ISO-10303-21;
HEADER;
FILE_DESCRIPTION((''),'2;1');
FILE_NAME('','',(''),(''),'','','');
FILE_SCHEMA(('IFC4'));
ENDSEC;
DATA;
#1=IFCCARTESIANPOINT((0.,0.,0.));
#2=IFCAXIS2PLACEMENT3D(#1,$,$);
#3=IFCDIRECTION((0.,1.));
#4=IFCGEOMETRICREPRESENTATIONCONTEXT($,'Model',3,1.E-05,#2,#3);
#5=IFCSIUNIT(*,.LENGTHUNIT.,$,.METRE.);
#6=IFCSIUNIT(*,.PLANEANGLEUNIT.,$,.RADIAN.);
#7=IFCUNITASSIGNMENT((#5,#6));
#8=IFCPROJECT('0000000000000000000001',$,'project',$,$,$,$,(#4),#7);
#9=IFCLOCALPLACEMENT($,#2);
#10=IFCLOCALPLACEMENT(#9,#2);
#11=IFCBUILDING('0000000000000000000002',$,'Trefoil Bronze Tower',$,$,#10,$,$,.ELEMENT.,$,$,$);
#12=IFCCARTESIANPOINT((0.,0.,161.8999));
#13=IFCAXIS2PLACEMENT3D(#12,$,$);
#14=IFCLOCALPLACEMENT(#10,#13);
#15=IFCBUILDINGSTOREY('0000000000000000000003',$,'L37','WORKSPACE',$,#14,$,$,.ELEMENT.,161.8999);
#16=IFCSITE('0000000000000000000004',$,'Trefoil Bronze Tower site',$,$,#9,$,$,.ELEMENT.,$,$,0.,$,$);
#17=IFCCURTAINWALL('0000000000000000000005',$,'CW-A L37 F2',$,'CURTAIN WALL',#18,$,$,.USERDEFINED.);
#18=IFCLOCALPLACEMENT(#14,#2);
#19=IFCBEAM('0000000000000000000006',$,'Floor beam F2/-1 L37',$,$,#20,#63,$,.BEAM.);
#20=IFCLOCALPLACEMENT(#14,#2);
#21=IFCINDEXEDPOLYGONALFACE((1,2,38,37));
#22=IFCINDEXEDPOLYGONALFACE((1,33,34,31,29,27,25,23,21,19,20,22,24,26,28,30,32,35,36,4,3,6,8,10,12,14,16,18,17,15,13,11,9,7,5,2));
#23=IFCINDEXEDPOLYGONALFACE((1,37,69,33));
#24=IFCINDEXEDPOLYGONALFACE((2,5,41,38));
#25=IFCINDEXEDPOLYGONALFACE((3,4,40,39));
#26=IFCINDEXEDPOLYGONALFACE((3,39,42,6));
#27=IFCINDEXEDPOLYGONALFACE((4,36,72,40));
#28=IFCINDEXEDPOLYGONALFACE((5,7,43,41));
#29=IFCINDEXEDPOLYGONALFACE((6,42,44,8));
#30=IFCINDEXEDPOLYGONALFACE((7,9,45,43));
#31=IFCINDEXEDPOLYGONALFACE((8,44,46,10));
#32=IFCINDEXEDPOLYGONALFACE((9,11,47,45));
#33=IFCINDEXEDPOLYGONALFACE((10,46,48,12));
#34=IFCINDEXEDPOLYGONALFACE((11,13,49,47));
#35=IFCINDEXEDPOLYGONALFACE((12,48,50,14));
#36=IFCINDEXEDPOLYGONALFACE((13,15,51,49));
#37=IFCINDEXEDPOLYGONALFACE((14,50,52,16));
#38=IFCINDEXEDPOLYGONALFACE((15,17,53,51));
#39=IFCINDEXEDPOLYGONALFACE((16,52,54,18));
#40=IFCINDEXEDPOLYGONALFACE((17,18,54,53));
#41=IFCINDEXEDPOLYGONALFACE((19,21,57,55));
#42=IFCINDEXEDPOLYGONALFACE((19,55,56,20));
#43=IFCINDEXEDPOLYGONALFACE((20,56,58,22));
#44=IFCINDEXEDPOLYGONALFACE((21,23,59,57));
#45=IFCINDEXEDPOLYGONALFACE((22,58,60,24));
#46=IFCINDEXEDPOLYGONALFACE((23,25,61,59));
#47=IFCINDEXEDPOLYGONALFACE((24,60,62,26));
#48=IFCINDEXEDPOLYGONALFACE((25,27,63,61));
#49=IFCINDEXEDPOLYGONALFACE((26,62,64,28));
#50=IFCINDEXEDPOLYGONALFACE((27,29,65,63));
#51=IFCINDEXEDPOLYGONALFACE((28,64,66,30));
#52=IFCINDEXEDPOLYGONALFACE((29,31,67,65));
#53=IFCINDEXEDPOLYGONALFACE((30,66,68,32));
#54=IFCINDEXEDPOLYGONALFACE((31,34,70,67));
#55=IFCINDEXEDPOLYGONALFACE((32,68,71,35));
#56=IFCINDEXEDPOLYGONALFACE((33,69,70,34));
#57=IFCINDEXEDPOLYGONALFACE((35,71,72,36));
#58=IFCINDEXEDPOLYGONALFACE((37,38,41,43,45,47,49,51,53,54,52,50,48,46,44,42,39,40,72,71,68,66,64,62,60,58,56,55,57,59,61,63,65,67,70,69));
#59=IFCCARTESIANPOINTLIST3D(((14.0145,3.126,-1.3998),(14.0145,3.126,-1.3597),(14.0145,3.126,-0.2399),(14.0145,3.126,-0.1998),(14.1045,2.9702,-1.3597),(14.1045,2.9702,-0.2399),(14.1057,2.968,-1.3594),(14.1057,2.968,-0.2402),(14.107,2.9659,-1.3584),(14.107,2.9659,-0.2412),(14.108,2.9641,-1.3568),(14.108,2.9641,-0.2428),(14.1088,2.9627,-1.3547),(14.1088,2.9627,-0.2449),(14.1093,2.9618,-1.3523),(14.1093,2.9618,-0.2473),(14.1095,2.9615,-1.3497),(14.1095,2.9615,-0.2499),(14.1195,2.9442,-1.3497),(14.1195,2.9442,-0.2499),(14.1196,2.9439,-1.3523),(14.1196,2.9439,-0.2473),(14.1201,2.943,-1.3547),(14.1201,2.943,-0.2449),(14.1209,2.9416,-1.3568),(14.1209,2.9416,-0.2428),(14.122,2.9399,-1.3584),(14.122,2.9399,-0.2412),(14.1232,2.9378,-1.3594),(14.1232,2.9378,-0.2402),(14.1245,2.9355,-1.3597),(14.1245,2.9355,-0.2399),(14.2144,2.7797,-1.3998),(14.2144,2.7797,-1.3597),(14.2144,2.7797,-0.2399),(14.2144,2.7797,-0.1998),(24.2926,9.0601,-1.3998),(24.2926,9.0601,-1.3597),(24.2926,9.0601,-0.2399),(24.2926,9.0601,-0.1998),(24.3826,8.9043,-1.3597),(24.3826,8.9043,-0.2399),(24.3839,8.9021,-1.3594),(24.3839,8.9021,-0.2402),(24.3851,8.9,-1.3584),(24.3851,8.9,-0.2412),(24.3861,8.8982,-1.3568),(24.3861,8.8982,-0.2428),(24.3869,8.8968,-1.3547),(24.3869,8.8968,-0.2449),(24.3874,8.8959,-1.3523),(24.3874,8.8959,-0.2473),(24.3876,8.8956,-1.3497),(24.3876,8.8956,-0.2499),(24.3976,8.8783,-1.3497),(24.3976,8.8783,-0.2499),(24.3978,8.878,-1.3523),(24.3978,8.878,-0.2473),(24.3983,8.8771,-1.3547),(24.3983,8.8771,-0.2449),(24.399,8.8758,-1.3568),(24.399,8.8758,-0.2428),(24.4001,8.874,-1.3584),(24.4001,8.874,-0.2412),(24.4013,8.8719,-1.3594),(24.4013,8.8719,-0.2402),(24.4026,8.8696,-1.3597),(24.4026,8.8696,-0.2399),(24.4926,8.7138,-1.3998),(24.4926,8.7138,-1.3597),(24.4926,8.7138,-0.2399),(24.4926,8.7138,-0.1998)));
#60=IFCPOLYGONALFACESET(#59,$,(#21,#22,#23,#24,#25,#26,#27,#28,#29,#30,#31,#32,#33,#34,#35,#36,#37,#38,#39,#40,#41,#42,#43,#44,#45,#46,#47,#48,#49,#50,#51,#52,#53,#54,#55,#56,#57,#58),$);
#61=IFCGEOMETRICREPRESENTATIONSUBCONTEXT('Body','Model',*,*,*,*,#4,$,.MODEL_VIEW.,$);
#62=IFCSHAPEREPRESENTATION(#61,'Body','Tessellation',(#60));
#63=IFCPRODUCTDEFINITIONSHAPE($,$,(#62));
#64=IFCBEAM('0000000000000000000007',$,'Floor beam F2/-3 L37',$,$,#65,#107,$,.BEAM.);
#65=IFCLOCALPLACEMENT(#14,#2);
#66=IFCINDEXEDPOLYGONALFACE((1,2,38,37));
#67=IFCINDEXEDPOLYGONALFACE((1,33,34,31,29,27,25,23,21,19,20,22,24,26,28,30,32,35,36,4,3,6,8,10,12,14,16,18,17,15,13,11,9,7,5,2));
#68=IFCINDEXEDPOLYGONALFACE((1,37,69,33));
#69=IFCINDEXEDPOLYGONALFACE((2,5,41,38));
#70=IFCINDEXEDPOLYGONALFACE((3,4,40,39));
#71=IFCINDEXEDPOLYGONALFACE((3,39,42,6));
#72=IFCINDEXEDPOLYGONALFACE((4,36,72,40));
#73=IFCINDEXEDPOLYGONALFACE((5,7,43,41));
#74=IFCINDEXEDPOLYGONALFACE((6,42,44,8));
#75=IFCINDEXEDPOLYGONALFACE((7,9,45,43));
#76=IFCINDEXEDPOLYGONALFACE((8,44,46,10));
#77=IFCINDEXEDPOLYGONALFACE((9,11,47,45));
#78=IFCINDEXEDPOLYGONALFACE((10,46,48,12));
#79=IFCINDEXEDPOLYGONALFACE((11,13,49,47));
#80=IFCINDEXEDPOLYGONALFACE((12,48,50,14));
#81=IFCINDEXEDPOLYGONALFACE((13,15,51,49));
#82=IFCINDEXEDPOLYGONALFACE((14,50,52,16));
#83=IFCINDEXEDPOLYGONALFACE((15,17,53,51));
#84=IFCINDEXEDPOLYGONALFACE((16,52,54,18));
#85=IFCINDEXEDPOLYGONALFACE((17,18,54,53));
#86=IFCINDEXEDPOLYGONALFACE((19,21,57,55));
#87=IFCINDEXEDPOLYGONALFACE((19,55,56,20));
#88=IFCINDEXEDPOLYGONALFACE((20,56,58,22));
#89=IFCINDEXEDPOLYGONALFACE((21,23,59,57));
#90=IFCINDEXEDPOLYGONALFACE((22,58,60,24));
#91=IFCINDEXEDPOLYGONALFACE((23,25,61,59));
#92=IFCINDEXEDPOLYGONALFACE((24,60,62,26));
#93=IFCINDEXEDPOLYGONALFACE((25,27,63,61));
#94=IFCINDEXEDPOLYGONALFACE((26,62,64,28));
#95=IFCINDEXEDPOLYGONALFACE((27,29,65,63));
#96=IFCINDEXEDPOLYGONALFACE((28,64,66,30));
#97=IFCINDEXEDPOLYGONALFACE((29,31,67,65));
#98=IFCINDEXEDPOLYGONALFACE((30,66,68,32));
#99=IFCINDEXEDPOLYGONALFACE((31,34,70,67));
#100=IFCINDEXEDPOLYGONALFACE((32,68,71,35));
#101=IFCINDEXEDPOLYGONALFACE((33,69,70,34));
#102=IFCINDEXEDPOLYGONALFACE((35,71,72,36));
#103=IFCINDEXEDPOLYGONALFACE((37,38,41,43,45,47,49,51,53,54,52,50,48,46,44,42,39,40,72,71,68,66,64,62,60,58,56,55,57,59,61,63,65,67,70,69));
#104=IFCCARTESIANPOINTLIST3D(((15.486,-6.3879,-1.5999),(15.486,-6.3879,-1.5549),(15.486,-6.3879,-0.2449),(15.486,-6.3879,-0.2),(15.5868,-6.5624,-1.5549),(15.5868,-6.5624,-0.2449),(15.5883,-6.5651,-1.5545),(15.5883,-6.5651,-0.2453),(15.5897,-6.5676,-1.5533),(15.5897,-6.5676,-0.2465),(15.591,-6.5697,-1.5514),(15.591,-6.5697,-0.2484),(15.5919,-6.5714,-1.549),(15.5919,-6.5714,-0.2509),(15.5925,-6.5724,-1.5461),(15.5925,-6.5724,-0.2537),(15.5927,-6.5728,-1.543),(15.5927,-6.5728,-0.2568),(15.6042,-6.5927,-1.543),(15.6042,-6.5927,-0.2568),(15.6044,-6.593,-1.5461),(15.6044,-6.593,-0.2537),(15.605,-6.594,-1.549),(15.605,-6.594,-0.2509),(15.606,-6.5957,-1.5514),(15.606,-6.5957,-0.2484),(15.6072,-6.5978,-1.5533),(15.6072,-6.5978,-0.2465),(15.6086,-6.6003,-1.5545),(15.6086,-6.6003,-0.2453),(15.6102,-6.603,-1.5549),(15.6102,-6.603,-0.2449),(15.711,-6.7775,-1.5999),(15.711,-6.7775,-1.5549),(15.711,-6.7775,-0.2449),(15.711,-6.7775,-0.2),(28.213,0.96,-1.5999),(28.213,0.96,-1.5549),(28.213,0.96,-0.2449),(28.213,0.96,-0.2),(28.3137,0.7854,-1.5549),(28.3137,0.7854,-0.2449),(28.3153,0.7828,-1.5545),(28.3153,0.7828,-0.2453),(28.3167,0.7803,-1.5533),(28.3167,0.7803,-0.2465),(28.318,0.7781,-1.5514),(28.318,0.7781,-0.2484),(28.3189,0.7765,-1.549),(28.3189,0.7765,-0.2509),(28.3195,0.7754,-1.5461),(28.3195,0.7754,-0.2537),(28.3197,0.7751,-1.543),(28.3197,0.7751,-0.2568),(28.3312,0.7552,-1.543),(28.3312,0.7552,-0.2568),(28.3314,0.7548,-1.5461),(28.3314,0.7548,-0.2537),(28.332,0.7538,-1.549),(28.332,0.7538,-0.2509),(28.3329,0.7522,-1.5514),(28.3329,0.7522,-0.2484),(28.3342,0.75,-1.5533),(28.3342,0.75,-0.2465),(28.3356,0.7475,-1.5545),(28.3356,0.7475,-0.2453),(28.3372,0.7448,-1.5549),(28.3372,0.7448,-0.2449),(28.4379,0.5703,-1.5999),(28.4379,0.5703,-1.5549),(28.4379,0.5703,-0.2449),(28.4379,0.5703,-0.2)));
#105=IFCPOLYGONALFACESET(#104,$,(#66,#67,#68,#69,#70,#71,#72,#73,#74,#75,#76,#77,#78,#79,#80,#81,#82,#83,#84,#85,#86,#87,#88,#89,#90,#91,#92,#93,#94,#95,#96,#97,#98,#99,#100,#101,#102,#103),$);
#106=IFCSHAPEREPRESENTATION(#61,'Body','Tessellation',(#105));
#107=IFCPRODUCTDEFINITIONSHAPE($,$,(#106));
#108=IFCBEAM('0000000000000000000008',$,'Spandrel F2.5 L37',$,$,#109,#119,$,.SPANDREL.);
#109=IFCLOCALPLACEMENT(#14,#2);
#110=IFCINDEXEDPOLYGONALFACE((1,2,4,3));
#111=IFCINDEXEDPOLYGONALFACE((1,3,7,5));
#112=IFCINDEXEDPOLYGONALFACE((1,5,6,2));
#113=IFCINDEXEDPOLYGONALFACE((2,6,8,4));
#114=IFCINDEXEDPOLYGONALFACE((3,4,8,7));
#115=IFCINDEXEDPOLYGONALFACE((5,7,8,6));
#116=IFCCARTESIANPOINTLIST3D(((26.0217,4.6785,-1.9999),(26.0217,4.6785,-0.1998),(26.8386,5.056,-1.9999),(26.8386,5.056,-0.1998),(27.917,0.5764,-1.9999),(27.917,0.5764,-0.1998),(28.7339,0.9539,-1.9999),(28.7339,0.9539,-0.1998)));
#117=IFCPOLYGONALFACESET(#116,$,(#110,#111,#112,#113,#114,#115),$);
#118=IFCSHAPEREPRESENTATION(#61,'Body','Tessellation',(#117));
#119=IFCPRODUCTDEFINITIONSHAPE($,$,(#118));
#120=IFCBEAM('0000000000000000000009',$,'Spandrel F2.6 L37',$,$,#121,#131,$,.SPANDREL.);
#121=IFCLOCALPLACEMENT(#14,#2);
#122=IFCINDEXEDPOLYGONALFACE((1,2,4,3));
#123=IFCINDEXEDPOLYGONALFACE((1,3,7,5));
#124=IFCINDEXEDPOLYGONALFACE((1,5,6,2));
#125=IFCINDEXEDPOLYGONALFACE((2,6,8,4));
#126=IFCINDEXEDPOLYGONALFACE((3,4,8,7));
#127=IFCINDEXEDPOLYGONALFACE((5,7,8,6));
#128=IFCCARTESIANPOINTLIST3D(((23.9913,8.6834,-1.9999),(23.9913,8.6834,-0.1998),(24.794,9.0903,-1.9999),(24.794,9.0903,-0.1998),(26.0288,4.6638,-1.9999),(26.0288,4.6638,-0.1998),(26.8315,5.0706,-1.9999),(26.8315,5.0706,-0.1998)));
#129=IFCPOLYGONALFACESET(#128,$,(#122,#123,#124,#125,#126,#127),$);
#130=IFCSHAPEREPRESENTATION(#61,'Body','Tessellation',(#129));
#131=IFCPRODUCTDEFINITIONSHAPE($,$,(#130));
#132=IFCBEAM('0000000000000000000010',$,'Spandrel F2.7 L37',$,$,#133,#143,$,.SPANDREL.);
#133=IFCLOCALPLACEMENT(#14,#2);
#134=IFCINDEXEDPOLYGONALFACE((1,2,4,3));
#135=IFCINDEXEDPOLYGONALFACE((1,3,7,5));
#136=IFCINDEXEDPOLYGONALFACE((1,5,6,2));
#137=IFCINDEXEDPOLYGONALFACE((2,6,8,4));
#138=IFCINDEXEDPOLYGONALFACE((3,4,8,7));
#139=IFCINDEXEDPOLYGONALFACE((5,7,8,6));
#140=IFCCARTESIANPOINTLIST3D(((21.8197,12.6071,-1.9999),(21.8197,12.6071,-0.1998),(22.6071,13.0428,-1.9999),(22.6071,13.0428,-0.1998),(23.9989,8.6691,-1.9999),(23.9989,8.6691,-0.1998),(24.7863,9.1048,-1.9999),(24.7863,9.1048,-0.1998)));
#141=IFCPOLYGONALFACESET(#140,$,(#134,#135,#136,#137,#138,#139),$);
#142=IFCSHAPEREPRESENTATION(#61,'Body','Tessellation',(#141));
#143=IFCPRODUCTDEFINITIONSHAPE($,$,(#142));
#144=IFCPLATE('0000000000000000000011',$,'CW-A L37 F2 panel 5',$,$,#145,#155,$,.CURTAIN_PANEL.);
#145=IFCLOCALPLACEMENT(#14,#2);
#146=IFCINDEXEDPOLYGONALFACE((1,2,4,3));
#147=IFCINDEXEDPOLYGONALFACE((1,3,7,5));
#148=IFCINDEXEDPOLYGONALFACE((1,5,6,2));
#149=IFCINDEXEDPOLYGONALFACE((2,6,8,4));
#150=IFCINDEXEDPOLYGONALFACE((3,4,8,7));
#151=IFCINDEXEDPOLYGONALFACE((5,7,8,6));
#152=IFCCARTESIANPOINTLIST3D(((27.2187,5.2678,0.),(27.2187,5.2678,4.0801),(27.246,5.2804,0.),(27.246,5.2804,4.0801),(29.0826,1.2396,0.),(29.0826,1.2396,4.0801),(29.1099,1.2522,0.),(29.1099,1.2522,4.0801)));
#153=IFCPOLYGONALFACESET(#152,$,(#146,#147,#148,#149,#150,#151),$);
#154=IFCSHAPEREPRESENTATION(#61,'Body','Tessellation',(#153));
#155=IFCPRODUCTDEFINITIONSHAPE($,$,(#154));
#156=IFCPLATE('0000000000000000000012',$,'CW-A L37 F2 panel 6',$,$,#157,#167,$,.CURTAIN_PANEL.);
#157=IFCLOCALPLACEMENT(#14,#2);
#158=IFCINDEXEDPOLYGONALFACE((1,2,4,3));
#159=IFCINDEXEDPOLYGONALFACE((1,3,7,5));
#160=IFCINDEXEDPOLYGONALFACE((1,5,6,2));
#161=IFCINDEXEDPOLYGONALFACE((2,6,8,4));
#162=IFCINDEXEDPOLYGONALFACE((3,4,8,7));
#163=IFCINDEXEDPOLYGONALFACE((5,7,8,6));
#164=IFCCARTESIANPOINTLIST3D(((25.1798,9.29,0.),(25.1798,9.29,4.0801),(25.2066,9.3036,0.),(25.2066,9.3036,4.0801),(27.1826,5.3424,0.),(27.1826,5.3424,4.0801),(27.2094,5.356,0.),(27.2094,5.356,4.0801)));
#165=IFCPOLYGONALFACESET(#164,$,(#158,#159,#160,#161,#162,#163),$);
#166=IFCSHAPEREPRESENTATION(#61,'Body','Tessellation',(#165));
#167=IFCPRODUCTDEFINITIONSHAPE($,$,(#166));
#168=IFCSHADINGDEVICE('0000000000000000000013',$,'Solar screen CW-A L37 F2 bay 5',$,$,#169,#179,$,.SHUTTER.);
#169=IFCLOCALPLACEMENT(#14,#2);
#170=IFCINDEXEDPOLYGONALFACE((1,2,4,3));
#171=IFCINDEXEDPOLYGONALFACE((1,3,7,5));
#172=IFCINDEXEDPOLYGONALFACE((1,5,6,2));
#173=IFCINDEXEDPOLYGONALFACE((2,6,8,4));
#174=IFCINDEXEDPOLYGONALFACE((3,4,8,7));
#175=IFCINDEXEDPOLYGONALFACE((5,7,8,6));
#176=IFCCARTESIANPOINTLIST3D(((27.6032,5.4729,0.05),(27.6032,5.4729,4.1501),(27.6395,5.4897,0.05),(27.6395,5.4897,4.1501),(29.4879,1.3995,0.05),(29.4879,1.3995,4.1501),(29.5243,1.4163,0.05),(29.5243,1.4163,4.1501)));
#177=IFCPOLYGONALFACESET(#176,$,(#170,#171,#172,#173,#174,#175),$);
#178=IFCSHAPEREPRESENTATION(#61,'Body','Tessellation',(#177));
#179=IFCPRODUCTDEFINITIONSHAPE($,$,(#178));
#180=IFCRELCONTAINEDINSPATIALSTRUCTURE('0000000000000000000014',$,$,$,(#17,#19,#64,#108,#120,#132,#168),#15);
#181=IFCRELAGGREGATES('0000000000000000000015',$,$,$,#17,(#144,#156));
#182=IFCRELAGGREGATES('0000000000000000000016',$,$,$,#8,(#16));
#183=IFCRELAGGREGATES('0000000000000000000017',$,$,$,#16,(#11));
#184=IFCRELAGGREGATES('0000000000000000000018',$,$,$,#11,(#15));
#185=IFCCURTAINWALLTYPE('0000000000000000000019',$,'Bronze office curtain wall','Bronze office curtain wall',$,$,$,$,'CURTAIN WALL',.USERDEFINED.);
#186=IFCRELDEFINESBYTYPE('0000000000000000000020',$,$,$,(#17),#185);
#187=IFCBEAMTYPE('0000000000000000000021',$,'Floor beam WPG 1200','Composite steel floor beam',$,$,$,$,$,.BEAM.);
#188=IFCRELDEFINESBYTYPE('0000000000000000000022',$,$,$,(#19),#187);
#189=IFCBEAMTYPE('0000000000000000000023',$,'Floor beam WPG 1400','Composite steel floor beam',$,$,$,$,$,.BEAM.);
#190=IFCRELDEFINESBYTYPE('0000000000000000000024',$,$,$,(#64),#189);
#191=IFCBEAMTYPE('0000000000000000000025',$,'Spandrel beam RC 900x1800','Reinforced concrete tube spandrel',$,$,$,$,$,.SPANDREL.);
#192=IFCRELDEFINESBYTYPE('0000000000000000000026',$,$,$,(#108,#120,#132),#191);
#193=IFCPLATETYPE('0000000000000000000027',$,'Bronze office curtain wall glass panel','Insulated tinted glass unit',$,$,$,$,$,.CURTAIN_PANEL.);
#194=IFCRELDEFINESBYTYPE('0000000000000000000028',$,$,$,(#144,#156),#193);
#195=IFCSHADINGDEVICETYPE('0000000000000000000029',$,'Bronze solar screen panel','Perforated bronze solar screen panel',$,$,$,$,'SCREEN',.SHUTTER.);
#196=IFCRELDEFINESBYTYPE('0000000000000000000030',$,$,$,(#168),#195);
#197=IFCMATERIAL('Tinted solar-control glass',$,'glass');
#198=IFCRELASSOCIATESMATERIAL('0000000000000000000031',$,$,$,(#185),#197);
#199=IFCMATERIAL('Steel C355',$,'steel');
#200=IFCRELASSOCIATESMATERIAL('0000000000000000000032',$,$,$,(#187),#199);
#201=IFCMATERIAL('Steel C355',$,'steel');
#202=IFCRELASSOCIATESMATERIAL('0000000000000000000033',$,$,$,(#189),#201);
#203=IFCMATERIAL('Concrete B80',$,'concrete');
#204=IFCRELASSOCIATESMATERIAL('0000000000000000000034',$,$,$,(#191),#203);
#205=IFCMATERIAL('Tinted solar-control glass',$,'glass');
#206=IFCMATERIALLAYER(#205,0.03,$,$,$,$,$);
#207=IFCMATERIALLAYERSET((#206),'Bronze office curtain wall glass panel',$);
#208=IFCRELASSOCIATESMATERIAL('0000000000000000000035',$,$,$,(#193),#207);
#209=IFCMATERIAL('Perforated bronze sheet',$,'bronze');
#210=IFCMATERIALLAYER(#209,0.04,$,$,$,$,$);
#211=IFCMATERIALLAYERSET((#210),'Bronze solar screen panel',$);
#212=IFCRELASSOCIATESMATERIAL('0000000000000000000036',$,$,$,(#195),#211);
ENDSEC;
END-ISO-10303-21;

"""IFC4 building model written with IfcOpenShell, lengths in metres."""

from ifc_helpers import new_model, si_unit, direction, frame, origin, origin_2d, place, context, subcontext, project, spatial, rectangle, i_section, extrude, material, layer, layer_set, material_profile, profile_set, type_object, element, aggregate, save


model = new_model("IFC4")

# Units and contexts
model_context = context("Model", 3, precision=1e-05, world=origin(), true_north=direction((0.0, 1.0)))
body_context = subcontext(model_context, "Body", "Model", "MODEL_VIEW")
ifc_project = project(units=[si_unit("LENGTHUNIT", "METRE"), si_unit("PLANEANGLEUNIT", "RADIAN")], contexts=[model_context])

# Site, building, storey
site_placement = place(None, origin())
site = spatial("IfcSite", under=ifc_project, at=site_placement, Name="Trefoil Bronze Tower site", CompositionType="ELEMENT", RefElevation=0.0)
building_placement = place(site_placement, origin())
building = spatial("IfcBuilding", under=site, at=building_placement, Name="Trefoil Bronze Tower", CompositionType="ELEMENT")
storey_placement = place(building_placement, frame((0.0, 0.0, 161.8999)))
storey = spatial("IfcBuildingStorey", under=building, at=storey_placement, Name="L37", Description="WORKSPACE", CompositionType="ELEMENT", Elevation=161.8999)

# Curtain wall
ifc_material_1 = material(Name="Tinted solar-control glass", Category="glass")
curtain_wall_type = type_object("IfcCurtainWallType", Name="Bronze office curtain wall", Description="Bronze office curtain wall", ElementType="CURTAIN WALL", PredefinedType="USERDEFINED", material=ifc_material_1)
curtain_wall_placement = place(storey_placement, origin())
curtain_wall = element("IfcCurtainWall", 1, at=curtain_wall_placement, inside=storey, type_object=curtain_wall_type, Name="CW-A L37 F2", ObjectType="CURTAIN WALL", PredefinedType="USERDEFINED")

# Beams
ifc_material_2 = material(Name="Steel C355", Category="steel")
ifc_material_profile_1 = material_profile(ifc_material_2, i_section(OverallWidth=0.3999, OverallDepth=1.2, WebThickness=0.02, FlangeThickness=0.04, FilletRadius=0.01, at=origin_2d()), Name="WPG 1200")
ifc_profile_set_1 = profile_set([ifc_material_profile_1], Name="Steel C355")
beam_type_1 = type_object("IfcBeamType", Name="Floor beam WPG 1200", Description="Composite steel floor beam", PredefinedType="BEAM", material=ifc_profile_set_1)
beam_1_placement = place(storey_placement, frame((24.3926, 8.887, -0.7998), z_axis=(-0.866024, -0.500002, 0.0), x_axis=(0.500002, -0.866024, 0.0)))
element("IfcBeam", 2, at=beam_1_placement, inside=storey, type_object=beam_type_1, Name="Floor beam F2/-1 L37", PredefinedType="BEAM", context=body_context, shape_type="SweptSolid", body=[
    extrude(i_section(OverallWidth=0.3999, OverallDepth=1.2, WebThickness=0.02, FlangeThickness=0.04, FilletRadius=0.01, at=origin_2d()), origin(), (0.0, 0.0, 1.0), 11.8682),
])
ifc_material_3 = material(Name="Steel C355", Category="steel")
ifc_material_profile_2 = material_profile(ifc_material_3, i_section(OverallWidth=0.45, OverallDepth=1.3999, WebThickness=0.0229, FlangeThickness=0.0449, FilletRadius=0.012, at=origin_2d()), Name="WPG 1400")
ifc_profile_set_2 = profile_set([ifc_material_profile_2], Name="Steel C355")
beam_type_2 = type_object("IfcBeamType", Name="Floor beam WPG 1400", Description="Composite steel floor beam", PredefinedType="BEAM", material=ifc_profile_set_2)
beam_2_placement = place(storey_placement, frame((28.3254, 0.7651, -0.8999), z_axis=(-0.866027, -0.499997, 0.0), x_axis=(0.499997, -0.866027, 0.0)))
element("IfcBeam", 3, at=beam_2_placement, inside=storey, type_object=beam_type_2, Name="Floor beam F2/-3 L37", PredefinedType="BEAM", context=body_context, shape_type="SweptSolid", body=[
    extrude(i_section(OverallWidth=0.45, OverallDepth=1.3999, WebThickness=0.0229, FlangeThickness=0.0449, FilletRadius=0.012, at=origin_2d()), origin(), (0.0, 0.0, 1.0), 14.6958),
])
ifc_material_4 = material(Name="Concrete B80", Category="concrete")
ifc_material_profile_3 = material_profile(ifc_material_4, rectangle(XDim=0.8999, YDim=1.8, at=origin_2d()), Name="RC 900x1800")
ifc_profile_set_3 = profile_set([ifc_material_profile_3], Name="Concrete B80")
beam_type_3 = type_object("IfcBeamType", Name="Spandrel beam RC 900x1800", Description="Reinforced concrete tube spandrel", PredefinedType="SPANDREL", material=ifc_profile_set_3)
beam_3_placement = place(storey_placement, frame((28.3254, 0.7651, -1.0999), z_axis=(-0.419425, 0.90779, 0.0), x_axis=(-0.90779, -0.419425, 0.0)))
element("IfcBeam", 4, at=beam_3_placement, inside=storey, type_object=beam_type_3, Name="Spandrel F2.5 L37", PredefinedType="SPANDREL", context=body_context, shape_type="SweptSolid", body=[
    extrude(rectangle(XDim=0.8999, YDim=1.8, at=origin_2d()), origin(), (0.0, 0.0, 1.0), 4.5188),
])
beam_4_placement = place(storey_placement, frame((26.4302, 4.8672, -1.0999), z_axis=(-0.452126, 0.891954, 0.0), x_axis=(-0.891954, -0.452126, 0.0)))
element("IfcBeam", 5, at=beam_4_placement, inside=storey, type_object=beam_type_3, Name="Spandrel F2.6 L37", PredefinedType="SPANDREL", context=body_context, shape_type="SweptSolid", body=[
    extrude(rectangle(XDim=0.8999, YDim=1.8, at=origin_2d()), origin(), (0.0, 0.0, 1.0), 4.5066),
])
beam_5_placement = place(storey_placement, frame((24.3926, 8.887, -1.0999), z_axis=(-0.484187, 0.874965, 0.0), x_axis=(-0.874965, -0.484187, 0.0)))
element("IfcBeam", 6, at=beam_5_placement, inside=storey, type_object=beam_type_3, Name="Spandrel F2.7 L37", PredefinedType="SPANDREL", context=body_context, shape_type="SweptSolid", body=[
    extrude(rectangle(XDim=0.8999, YDim=1.8, at=origin_2d()), origin(), (0.0, 0.0, 1.0), 4.5007),
])

# Plates
ifc_material_5 = material(Name="Tinted solar-control glass", Category="glass")
ifc_layer_1 = layer(ifc_material_5, 0.03)
ifc_layer_set_1 = layer_set([ifc_layer_1], Name="Bronze office curtain wall glass panel")
plate_type = type_object("IfcPlateType", Name="Bronze office curtain wall glass panel", Description="Insulated tinted glass unit", PredefinedType="CURTAIN_PANEL", material=ifc_layer_set_1)
plate_1_placement = place(storey_placement, frame((28.1643, 3.26, 0.0), z_axis=(0.0, 0.0, 1.0), x_axis=(-0.419933, 0.907555, 0.0)))
plate_1 = element("IfcPlate", 7, at=plate_1_placement, type_object=plate_type, Name="CW-A L37 F2 panel 5", PredefinedType="CURTAIN_PANEL", context=body_context, shape_type="SweptSolid", body=[
    extrude(rectangle(XDim=4.4385, YDim=0.03, at=origin_2d()), origin(), (0.0, 0.0, 1.0), 4.0801),
])
plate_2_placement = place(storey_placement, frame((26.1946, 7.323, 0.0), z_axis=(0.0, 0.0, 1.0), x_axis=(-0.452449, 0.89179, 0.0)))
plate_2 = element("IfcPlate", 8, at=plate_2_placement, type_object=plate_type, Name="CW-A L37 F2 panel 6", PredefinedType="CURTAIN_PANEL", context=body_context, shape_type="SweptSolid", body=[
    extrude(rectangle(XDim=4.4265, YDim=0.03, at=origin_2d()), origin(), (0.0, 0.0, 1.0), 4.0801),
])
aggregate(curtain_wall, [plate_1, plate_2])

# Shading device
ifc_material_6 = material(Name="Perforated bronze sheet", Category="bronze")
ifc_layer_2 = layer(ifc_material_6, 0.04)
ifc_layer_set_2 = layer_set([ifc_layer_2], Name="Bronze solar screen panel")
shading_device_type = type_object("IfcShadingDeviceType", Name="Bronze solar screen panel", Description="Perforated bronze solar screen panel", ElementType="SCREEN", PredefinedType="SHUTTER", material=ifc_layer_set_2)
shading_device_1_placement = place(storey_placement, frame((28.5637, 3.4446, 0.05), z_axis=(0.0, 0.0, 1.0), x_axis=(-0.419933, 0.907555, 0.0)))
element("IfcShadingDevice", 9, at=shading_device_1_placement, inside=storey, type_object=shading_device_type, Name="Solar screen CW-A L37 F2 bay 5", PredefinedType="SHUTTER", context=body_context, shape_type="SweptSolid", body=[
    extrude(rectangle(XDim=4.4883, YDim=0.04, at=origin_2d()), origin(), (0.0, 0.0, 1.0), 4.1001),
])

save(model, "model.ifc")
